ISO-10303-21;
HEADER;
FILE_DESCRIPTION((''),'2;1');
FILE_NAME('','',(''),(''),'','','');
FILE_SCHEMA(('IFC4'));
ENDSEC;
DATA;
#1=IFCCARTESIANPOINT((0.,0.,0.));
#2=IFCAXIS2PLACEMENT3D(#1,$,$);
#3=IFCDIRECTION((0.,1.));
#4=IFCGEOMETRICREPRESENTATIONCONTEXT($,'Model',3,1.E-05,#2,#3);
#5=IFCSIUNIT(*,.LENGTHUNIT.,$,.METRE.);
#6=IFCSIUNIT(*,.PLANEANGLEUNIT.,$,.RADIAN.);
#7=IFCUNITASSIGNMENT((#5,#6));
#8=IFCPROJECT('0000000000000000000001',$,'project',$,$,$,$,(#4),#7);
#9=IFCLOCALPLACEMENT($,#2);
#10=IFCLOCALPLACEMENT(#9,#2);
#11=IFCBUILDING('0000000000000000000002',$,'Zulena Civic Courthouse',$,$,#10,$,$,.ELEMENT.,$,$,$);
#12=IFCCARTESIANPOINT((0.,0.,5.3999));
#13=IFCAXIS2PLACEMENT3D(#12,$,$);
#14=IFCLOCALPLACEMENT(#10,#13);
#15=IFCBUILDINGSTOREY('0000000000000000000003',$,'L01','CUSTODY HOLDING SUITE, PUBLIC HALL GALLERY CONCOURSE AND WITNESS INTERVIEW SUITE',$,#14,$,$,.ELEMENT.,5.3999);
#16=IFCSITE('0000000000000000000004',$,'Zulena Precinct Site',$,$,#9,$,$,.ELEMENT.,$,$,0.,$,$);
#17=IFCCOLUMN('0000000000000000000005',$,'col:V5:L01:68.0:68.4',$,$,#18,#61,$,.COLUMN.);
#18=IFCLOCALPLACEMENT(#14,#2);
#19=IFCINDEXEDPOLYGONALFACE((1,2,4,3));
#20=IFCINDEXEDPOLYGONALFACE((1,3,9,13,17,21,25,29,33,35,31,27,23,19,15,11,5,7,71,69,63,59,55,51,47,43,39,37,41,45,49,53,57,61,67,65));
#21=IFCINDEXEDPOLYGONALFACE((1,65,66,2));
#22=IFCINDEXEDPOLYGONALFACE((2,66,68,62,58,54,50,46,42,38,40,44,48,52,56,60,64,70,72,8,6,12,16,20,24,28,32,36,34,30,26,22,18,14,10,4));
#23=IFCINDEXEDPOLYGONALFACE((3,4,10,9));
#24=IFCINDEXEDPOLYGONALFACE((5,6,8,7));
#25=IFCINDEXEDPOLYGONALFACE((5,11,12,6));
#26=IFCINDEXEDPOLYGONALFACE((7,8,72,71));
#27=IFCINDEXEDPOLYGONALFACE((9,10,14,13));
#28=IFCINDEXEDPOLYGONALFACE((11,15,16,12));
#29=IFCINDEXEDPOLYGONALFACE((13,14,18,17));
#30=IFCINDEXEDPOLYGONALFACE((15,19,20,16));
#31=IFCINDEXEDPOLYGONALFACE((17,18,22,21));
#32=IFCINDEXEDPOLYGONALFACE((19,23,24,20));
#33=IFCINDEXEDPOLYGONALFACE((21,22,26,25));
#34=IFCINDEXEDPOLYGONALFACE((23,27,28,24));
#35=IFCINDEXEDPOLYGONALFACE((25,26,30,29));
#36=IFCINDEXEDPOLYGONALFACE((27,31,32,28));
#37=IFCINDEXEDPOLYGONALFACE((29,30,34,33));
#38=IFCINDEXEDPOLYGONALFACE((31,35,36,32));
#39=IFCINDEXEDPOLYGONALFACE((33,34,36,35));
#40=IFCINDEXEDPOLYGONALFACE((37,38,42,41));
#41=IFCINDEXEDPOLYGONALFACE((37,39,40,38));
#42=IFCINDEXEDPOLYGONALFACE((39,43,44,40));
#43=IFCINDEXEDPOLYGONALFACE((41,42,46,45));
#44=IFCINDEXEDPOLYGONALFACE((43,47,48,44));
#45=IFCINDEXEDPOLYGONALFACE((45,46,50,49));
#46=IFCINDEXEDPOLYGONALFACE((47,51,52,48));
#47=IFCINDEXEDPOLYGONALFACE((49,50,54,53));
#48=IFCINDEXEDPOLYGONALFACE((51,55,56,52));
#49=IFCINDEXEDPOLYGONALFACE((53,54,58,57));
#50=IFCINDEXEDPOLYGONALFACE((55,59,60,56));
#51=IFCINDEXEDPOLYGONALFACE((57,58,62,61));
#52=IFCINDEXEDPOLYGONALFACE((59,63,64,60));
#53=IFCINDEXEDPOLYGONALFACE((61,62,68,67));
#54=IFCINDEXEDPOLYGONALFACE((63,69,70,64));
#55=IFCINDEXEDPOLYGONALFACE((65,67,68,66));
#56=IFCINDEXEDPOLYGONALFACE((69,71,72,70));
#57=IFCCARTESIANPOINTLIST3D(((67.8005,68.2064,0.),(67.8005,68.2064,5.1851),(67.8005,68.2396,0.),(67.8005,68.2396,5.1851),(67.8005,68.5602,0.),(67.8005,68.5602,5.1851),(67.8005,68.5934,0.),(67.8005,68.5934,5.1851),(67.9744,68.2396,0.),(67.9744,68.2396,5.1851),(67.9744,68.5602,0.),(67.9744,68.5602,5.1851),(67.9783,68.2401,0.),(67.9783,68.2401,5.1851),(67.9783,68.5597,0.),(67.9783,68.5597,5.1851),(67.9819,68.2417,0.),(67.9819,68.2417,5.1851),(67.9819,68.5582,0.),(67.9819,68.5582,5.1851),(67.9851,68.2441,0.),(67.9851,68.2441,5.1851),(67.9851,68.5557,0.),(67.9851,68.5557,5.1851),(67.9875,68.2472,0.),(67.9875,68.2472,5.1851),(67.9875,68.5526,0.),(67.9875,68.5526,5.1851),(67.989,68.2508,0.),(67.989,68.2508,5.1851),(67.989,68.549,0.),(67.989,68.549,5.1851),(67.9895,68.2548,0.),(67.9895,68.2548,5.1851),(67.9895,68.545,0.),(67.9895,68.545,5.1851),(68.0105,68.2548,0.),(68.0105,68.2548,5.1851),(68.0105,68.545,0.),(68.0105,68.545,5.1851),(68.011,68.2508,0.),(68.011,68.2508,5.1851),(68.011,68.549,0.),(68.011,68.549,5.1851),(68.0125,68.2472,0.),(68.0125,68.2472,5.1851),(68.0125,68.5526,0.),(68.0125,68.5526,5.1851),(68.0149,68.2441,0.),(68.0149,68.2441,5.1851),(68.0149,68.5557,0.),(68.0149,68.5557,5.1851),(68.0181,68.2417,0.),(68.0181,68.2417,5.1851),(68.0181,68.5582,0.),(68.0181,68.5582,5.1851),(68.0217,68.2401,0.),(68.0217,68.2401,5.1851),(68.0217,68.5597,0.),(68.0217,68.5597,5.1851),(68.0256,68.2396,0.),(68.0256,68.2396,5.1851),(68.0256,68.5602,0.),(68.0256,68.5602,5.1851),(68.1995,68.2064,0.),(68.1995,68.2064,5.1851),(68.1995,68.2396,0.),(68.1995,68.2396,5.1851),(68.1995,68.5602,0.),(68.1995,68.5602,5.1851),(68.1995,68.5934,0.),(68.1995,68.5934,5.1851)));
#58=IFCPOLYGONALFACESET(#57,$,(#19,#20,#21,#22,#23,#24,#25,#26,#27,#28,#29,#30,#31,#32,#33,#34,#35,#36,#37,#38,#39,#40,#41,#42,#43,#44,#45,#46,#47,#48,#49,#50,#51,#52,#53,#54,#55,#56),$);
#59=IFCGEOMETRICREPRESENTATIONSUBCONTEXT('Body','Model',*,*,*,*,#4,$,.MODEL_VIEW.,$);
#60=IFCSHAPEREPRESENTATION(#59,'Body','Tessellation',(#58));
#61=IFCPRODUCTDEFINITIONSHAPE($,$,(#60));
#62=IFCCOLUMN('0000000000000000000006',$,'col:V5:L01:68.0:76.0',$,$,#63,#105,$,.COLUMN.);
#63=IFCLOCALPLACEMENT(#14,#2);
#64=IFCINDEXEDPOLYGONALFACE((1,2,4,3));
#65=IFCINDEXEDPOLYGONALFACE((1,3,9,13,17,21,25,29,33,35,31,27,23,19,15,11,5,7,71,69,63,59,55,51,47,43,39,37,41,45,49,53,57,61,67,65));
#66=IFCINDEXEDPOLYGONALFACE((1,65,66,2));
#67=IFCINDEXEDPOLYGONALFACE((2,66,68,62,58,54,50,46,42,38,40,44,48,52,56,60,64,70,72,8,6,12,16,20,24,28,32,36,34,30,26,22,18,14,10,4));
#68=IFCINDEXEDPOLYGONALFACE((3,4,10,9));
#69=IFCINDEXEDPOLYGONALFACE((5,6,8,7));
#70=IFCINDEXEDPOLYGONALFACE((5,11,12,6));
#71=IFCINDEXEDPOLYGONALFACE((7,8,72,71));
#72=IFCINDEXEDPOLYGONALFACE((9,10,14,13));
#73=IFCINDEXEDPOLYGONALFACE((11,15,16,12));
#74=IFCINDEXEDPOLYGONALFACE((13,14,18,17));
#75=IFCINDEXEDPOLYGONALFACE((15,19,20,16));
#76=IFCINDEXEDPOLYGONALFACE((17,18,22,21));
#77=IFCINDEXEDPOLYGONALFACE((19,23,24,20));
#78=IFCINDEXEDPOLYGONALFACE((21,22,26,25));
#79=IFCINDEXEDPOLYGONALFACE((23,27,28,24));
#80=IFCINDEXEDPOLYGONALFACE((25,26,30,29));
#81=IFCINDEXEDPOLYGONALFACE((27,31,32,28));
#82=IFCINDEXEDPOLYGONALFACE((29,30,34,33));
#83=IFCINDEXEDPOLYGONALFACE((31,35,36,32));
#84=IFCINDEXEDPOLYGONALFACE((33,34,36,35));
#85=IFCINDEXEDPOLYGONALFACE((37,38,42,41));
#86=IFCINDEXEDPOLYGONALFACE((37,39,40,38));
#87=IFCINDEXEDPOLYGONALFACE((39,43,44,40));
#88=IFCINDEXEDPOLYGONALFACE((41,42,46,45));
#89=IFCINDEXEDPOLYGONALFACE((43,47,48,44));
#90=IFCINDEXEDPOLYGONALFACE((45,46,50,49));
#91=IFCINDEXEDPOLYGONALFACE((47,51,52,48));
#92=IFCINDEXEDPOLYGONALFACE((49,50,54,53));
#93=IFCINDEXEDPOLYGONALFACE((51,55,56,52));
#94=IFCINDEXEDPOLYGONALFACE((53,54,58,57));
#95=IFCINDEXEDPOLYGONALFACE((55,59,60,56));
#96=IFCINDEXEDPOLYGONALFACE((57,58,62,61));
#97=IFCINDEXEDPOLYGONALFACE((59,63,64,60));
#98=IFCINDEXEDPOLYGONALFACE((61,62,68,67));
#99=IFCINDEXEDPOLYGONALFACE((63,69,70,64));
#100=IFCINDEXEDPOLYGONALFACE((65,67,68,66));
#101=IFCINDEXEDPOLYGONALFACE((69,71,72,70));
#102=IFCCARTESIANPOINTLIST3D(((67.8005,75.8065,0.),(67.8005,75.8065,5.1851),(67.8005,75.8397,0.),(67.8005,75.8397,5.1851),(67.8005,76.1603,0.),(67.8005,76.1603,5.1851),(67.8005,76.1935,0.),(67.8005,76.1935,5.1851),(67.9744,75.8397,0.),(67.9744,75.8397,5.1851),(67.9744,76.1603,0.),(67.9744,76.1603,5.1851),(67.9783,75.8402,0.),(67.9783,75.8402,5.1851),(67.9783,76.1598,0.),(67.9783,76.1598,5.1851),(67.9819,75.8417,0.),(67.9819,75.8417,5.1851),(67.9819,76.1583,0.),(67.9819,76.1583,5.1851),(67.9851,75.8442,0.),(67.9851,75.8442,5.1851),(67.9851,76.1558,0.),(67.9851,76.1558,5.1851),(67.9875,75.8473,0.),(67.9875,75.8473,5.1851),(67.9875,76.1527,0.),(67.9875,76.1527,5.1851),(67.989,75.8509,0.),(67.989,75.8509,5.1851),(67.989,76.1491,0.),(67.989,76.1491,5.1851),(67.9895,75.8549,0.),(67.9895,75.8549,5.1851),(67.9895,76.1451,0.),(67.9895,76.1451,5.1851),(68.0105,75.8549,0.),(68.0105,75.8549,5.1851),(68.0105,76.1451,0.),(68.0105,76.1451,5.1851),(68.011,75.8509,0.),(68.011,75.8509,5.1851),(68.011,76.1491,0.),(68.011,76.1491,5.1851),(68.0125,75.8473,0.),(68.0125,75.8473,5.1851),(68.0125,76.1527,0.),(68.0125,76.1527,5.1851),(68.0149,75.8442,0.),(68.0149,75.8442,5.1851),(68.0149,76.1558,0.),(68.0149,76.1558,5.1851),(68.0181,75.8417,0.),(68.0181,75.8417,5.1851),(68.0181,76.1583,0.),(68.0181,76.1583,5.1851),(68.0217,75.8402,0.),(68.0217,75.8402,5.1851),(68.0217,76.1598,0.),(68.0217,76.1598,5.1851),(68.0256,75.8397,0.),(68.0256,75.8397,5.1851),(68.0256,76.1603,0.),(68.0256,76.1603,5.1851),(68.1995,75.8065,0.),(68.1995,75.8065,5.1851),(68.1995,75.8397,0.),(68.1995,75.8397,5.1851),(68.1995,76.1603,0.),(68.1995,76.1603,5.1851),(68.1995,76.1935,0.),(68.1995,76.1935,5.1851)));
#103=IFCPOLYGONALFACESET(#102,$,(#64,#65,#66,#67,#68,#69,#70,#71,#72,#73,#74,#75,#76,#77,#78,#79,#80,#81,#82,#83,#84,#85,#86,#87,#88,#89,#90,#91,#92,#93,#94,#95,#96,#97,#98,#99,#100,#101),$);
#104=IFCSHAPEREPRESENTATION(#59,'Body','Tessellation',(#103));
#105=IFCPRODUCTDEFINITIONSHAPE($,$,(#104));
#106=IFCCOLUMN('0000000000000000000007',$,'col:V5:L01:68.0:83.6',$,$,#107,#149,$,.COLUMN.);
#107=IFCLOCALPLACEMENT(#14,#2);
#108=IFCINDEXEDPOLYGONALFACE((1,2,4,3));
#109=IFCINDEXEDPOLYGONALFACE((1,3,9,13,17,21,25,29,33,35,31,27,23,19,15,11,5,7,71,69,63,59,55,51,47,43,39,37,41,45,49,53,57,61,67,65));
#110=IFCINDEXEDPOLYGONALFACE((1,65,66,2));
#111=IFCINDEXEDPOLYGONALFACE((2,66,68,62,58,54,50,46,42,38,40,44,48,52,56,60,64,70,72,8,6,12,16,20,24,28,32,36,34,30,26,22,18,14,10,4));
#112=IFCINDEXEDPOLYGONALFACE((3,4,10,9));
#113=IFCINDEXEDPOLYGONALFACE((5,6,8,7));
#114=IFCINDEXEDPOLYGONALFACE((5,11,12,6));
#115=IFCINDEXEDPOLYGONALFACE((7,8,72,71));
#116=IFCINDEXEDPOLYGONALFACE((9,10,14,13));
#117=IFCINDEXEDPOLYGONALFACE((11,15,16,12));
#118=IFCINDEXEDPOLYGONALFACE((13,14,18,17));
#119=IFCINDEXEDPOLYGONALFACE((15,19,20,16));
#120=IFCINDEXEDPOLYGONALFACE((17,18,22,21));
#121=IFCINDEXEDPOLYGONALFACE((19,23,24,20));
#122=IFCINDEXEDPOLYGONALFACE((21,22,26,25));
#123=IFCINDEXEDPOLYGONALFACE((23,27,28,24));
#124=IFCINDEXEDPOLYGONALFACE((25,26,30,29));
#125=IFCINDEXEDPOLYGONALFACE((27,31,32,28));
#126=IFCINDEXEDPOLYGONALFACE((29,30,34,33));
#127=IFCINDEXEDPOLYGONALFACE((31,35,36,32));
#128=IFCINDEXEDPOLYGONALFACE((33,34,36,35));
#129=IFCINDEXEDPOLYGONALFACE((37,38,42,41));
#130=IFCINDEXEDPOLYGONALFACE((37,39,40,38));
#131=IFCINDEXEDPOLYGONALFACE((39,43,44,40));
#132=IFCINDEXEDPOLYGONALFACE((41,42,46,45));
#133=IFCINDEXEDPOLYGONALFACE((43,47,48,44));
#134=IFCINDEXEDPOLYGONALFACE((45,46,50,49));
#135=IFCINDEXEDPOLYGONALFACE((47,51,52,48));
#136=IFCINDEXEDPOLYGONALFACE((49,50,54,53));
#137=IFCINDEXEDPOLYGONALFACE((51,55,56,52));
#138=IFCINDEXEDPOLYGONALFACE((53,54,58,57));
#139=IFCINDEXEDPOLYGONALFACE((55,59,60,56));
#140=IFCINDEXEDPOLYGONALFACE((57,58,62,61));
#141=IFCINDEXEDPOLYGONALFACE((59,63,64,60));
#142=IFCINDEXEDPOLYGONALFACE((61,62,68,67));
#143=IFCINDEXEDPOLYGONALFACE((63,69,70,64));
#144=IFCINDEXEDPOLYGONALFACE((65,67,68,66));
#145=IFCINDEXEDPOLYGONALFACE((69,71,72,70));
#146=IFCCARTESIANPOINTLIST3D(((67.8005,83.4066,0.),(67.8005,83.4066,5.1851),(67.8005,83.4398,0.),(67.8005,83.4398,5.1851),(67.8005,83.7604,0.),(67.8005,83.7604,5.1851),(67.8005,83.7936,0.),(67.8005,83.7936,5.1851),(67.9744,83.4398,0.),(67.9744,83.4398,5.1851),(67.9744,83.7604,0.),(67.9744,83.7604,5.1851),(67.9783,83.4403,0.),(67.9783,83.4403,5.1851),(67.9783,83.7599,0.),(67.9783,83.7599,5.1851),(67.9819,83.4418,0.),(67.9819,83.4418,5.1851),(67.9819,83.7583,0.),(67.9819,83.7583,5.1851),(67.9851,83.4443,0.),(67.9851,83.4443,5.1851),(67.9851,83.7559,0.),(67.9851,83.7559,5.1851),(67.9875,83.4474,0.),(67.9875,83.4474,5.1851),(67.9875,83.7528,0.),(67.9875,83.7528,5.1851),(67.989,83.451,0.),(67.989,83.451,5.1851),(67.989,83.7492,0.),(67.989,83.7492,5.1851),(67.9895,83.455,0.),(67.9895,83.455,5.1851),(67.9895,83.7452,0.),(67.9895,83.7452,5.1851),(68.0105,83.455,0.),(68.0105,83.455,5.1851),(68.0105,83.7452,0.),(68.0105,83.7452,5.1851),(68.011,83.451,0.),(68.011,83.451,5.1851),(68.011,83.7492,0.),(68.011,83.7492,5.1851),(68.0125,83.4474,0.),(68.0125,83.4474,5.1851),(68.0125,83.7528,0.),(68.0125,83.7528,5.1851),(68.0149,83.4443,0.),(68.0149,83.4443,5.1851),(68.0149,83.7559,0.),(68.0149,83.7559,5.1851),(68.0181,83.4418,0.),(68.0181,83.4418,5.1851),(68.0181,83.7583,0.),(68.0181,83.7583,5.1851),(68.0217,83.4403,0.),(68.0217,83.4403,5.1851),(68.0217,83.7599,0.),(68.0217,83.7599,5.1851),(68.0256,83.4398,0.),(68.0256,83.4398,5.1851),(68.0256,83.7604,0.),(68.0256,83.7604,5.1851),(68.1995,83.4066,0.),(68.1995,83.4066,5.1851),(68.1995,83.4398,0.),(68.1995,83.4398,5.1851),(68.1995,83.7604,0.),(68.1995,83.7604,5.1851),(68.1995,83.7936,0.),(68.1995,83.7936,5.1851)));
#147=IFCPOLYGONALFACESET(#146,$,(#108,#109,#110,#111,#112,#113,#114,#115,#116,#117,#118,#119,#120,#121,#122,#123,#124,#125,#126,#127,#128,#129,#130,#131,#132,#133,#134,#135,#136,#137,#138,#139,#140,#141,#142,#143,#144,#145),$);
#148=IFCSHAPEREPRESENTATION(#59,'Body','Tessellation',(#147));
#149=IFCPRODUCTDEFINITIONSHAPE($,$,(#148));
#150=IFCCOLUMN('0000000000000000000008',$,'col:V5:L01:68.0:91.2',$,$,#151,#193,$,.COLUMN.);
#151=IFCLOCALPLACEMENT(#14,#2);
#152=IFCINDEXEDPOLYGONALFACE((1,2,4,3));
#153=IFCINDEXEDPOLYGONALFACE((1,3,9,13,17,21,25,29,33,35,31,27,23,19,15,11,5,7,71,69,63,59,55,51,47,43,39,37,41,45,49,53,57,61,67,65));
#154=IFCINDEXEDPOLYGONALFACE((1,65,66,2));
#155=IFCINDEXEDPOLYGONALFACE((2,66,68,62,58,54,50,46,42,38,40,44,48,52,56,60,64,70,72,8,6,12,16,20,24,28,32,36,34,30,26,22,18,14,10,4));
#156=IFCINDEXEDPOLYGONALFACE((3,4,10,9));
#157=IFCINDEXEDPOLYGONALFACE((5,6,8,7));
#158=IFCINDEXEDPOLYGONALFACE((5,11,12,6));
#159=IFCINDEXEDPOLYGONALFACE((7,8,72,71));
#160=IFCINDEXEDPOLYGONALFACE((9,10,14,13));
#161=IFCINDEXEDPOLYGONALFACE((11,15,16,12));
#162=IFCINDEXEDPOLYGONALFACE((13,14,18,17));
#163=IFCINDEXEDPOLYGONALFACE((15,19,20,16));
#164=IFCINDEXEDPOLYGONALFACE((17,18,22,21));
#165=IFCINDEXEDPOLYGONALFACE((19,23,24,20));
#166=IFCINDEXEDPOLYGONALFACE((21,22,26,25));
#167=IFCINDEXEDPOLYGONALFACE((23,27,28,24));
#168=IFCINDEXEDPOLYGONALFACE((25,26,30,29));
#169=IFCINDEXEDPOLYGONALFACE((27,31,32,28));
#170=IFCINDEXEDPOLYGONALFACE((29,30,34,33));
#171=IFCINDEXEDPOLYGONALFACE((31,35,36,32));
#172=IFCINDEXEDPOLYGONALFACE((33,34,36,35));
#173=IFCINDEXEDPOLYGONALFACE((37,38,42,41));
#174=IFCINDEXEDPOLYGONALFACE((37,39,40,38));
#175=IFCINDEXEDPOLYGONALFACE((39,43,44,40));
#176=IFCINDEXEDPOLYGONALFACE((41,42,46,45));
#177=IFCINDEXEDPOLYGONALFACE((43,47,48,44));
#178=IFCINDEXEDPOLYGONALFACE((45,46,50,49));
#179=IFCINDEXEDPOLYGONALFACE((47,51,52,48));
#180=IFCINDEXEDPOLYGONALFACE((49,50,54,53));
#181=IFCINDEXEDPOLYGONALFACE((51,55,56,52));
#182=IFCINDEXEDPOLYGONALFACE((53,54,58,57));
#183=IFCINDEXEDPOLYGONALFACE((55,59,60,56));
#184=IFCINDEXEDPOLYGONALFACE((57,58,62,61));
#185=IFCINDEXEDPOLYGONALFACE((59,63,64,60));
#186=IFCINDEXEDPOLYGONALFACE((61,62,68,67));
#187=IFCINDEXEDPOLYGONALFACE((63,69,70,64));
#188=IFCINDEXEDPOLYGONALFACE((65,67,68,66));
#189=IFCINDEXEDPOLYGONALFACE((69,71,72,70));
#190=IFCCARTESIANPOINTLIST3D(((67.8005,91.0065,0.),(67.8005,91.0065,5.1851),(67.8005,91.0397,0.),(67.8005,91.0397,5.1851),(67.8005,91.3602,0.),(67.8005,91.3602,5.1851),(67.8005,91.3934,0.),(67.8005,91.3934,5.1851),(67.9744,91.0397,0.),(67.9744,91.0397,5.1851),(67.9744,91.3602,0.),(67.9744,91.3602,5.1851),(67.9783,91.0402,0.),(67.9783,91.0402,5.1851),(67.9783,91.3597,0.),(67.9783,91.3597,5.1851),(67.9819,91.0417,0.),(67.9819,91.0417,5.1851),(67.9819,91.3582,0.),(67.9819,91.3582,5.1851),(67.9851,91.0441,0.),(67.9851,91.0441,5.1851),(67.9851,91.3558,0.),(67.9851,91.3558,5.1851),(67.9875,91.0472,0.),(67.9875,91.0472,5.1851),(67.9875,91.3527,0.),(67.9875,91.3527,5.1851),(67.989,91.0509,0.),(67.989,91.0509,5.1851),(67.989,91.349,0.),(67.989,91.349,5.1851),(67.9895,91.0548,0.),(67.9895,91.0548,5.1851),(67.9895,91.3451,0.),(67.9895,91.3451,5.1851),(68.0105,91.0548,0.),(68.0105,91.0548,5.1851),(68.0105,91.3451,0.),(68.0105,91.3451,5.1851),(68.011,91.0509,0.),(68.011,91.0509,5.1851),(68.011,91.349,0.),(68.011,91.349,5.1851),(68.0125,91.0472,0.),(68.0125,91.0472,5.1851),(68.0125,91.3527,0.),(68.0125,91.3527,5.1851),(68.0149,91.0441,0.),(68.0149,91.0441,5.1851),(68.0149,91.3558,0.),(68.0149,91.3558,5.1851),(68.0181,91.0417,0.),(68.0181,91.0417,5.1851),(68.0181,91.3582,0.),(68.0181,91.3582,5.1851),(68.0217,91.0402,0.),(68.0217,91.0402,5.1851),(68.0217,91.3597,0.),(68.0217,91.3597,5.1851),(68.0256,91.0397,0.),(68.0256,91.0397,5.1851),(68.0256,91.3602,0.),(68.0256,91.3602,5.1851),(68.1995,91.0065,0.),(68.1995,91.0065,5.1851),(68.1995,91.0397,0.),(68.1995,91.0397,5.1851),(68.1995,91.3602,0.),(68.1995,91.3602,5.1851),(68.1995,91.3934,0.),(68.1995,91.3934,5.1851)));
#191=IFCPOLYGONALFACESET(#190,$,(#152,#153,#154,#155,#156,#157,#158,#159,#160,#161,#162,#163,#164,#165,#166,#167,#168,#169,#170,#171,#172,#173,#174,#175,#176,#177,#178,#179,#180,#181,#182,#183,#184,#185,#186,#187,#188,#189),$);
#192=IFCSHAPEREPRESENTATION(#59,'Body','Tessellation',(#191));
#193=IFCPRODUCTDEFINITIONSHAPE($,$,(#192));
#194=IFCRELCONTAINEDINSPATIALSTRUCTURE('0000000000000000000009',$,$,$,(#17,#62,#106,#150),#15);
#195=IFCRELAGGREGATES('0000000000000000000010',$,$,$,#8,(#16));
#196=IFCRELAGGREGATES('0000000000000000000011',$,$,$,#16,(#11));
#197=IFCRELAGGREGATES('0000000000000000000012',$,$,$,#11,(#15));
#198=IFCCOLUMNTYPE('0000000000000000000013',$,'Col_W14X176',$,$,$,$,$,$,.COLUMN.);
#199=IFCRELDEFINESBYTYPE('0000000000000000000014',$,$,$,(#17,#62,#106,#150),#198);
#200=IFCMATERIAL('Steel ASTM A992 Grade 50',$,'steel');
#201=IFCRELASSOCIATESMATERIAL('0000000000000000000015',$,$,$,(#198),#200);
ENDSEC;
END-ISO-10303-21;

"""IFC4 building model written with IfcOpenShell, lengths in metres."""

from ifc_helpers import new_model, si_unit, direction, frame, origin, origin_2d, place, context, subcontext, project, spatial, i_section, extrude, material, material_profile, profile_set, type_object, element, save


model = new_model("IFC4")

# Units and contexts
model_context = context("Model", 3, precision=1e-05, world=origin(), true_north=direction((0.0, 1.0)))
body_context = subcontext(model_context, "Body", "Model", "MODEL_VIEW")
ifc_project = project(units=[si_unit("LENGTHUNIT", "METRE"), si_unit("PLANEANGLEUNIT", "RADIAN")], contexts=[model_context])

# Site, building, storey
site_placement = place(None, origin())
site = spatial("IfcSite", under=ifc_project, at=site_placement, Name="Zulena Precinct Site", CompositionType="ELEMENT", RefElevation=0.0)
building_placement = place(site_placement, origin())
building = spatial("IfcBuilding", under=site, at=building_placement, Name="Zulena Civic Courthouse", CompositionType="ELEMENT")
storey_placement = place(building_placement, frame((0.0, 0.0, 5.3999)))
storey = spatial("IfcBuildingStorey", under=building, at=storey_placement, Name="L01", Description="CUSTODY HOLDING SUITE, PUBLIC HALL GALLERY CONCOURSE AND WITNESS INTERVIEW SUITE", CompositionType="ELEMENT", Elevation=5.3999)

# Columns
ifc_material_1 = material(Name="Steel ASTM A992 Grade 50", Category="steel")
ifc_material_profile_1 = material_profile(ifc_material_1, i_section(OverallWidth=0.3989, OverallDepth=0.387, WebThickness=0.021, FlangeThickness=0.0332, FilletRadius=0.0151, at=origin_2d()), Name="W14X176")
ifc_profile_set_1 = profile_set([ifc_material_profile_1], Name="Steel ASTM A992 Grade 50")
column_type = type_object("IfcColumnType", Name="Col_W14X176", PredefinedType="COLUMN", material=ifc_profile_set_1)
for number, where, z_axis, x_axis, name in (
    (1, (68.0, 68.3999, 0.0), (0.0, 0.0, 1.0), (1.0, 0.0, 0.0), "col:V5:L01:68.0:68.4"),
    (2, (68.0, 76.0, 0.0), (0.0, 0.0, 1.0), (1.0, 0.0, 0.0), "col:V5:L01:68.0:76.0"),
    (3, (68.0, 83.6001, 0.0), (0.0, 0.0, 1.0), (1.0, 0.0, 0.0), "col:V5:L01:68.0:83.6"),
    (4, (68.0, 91.2, 0.0), (0.0, 0.0, 1.0), (1.0, 0.0, 0.0), "col:V5:L01:68.0:91.2"),
):
    element("IfcColumn", number, at=place(storey_placement, frame(where, z_axis=z_axis, x_axis=x_axis)), inside=storey, type_object=column_type, Name=name, PredefinedType="COLUMN", context=body_context, shape_type="SweptSolid", body=[
        extrude(i_section(OverallWidth=0.3989, OverallDepth=0.387, WebThickness=0.021, FlangeThickness=0.0332, FilletRadius=0.0151, at=origin_2d()), origin(), (0.0, 0.0, 1.0), 5.1851),
    ])

save(model, "model.ifc")
